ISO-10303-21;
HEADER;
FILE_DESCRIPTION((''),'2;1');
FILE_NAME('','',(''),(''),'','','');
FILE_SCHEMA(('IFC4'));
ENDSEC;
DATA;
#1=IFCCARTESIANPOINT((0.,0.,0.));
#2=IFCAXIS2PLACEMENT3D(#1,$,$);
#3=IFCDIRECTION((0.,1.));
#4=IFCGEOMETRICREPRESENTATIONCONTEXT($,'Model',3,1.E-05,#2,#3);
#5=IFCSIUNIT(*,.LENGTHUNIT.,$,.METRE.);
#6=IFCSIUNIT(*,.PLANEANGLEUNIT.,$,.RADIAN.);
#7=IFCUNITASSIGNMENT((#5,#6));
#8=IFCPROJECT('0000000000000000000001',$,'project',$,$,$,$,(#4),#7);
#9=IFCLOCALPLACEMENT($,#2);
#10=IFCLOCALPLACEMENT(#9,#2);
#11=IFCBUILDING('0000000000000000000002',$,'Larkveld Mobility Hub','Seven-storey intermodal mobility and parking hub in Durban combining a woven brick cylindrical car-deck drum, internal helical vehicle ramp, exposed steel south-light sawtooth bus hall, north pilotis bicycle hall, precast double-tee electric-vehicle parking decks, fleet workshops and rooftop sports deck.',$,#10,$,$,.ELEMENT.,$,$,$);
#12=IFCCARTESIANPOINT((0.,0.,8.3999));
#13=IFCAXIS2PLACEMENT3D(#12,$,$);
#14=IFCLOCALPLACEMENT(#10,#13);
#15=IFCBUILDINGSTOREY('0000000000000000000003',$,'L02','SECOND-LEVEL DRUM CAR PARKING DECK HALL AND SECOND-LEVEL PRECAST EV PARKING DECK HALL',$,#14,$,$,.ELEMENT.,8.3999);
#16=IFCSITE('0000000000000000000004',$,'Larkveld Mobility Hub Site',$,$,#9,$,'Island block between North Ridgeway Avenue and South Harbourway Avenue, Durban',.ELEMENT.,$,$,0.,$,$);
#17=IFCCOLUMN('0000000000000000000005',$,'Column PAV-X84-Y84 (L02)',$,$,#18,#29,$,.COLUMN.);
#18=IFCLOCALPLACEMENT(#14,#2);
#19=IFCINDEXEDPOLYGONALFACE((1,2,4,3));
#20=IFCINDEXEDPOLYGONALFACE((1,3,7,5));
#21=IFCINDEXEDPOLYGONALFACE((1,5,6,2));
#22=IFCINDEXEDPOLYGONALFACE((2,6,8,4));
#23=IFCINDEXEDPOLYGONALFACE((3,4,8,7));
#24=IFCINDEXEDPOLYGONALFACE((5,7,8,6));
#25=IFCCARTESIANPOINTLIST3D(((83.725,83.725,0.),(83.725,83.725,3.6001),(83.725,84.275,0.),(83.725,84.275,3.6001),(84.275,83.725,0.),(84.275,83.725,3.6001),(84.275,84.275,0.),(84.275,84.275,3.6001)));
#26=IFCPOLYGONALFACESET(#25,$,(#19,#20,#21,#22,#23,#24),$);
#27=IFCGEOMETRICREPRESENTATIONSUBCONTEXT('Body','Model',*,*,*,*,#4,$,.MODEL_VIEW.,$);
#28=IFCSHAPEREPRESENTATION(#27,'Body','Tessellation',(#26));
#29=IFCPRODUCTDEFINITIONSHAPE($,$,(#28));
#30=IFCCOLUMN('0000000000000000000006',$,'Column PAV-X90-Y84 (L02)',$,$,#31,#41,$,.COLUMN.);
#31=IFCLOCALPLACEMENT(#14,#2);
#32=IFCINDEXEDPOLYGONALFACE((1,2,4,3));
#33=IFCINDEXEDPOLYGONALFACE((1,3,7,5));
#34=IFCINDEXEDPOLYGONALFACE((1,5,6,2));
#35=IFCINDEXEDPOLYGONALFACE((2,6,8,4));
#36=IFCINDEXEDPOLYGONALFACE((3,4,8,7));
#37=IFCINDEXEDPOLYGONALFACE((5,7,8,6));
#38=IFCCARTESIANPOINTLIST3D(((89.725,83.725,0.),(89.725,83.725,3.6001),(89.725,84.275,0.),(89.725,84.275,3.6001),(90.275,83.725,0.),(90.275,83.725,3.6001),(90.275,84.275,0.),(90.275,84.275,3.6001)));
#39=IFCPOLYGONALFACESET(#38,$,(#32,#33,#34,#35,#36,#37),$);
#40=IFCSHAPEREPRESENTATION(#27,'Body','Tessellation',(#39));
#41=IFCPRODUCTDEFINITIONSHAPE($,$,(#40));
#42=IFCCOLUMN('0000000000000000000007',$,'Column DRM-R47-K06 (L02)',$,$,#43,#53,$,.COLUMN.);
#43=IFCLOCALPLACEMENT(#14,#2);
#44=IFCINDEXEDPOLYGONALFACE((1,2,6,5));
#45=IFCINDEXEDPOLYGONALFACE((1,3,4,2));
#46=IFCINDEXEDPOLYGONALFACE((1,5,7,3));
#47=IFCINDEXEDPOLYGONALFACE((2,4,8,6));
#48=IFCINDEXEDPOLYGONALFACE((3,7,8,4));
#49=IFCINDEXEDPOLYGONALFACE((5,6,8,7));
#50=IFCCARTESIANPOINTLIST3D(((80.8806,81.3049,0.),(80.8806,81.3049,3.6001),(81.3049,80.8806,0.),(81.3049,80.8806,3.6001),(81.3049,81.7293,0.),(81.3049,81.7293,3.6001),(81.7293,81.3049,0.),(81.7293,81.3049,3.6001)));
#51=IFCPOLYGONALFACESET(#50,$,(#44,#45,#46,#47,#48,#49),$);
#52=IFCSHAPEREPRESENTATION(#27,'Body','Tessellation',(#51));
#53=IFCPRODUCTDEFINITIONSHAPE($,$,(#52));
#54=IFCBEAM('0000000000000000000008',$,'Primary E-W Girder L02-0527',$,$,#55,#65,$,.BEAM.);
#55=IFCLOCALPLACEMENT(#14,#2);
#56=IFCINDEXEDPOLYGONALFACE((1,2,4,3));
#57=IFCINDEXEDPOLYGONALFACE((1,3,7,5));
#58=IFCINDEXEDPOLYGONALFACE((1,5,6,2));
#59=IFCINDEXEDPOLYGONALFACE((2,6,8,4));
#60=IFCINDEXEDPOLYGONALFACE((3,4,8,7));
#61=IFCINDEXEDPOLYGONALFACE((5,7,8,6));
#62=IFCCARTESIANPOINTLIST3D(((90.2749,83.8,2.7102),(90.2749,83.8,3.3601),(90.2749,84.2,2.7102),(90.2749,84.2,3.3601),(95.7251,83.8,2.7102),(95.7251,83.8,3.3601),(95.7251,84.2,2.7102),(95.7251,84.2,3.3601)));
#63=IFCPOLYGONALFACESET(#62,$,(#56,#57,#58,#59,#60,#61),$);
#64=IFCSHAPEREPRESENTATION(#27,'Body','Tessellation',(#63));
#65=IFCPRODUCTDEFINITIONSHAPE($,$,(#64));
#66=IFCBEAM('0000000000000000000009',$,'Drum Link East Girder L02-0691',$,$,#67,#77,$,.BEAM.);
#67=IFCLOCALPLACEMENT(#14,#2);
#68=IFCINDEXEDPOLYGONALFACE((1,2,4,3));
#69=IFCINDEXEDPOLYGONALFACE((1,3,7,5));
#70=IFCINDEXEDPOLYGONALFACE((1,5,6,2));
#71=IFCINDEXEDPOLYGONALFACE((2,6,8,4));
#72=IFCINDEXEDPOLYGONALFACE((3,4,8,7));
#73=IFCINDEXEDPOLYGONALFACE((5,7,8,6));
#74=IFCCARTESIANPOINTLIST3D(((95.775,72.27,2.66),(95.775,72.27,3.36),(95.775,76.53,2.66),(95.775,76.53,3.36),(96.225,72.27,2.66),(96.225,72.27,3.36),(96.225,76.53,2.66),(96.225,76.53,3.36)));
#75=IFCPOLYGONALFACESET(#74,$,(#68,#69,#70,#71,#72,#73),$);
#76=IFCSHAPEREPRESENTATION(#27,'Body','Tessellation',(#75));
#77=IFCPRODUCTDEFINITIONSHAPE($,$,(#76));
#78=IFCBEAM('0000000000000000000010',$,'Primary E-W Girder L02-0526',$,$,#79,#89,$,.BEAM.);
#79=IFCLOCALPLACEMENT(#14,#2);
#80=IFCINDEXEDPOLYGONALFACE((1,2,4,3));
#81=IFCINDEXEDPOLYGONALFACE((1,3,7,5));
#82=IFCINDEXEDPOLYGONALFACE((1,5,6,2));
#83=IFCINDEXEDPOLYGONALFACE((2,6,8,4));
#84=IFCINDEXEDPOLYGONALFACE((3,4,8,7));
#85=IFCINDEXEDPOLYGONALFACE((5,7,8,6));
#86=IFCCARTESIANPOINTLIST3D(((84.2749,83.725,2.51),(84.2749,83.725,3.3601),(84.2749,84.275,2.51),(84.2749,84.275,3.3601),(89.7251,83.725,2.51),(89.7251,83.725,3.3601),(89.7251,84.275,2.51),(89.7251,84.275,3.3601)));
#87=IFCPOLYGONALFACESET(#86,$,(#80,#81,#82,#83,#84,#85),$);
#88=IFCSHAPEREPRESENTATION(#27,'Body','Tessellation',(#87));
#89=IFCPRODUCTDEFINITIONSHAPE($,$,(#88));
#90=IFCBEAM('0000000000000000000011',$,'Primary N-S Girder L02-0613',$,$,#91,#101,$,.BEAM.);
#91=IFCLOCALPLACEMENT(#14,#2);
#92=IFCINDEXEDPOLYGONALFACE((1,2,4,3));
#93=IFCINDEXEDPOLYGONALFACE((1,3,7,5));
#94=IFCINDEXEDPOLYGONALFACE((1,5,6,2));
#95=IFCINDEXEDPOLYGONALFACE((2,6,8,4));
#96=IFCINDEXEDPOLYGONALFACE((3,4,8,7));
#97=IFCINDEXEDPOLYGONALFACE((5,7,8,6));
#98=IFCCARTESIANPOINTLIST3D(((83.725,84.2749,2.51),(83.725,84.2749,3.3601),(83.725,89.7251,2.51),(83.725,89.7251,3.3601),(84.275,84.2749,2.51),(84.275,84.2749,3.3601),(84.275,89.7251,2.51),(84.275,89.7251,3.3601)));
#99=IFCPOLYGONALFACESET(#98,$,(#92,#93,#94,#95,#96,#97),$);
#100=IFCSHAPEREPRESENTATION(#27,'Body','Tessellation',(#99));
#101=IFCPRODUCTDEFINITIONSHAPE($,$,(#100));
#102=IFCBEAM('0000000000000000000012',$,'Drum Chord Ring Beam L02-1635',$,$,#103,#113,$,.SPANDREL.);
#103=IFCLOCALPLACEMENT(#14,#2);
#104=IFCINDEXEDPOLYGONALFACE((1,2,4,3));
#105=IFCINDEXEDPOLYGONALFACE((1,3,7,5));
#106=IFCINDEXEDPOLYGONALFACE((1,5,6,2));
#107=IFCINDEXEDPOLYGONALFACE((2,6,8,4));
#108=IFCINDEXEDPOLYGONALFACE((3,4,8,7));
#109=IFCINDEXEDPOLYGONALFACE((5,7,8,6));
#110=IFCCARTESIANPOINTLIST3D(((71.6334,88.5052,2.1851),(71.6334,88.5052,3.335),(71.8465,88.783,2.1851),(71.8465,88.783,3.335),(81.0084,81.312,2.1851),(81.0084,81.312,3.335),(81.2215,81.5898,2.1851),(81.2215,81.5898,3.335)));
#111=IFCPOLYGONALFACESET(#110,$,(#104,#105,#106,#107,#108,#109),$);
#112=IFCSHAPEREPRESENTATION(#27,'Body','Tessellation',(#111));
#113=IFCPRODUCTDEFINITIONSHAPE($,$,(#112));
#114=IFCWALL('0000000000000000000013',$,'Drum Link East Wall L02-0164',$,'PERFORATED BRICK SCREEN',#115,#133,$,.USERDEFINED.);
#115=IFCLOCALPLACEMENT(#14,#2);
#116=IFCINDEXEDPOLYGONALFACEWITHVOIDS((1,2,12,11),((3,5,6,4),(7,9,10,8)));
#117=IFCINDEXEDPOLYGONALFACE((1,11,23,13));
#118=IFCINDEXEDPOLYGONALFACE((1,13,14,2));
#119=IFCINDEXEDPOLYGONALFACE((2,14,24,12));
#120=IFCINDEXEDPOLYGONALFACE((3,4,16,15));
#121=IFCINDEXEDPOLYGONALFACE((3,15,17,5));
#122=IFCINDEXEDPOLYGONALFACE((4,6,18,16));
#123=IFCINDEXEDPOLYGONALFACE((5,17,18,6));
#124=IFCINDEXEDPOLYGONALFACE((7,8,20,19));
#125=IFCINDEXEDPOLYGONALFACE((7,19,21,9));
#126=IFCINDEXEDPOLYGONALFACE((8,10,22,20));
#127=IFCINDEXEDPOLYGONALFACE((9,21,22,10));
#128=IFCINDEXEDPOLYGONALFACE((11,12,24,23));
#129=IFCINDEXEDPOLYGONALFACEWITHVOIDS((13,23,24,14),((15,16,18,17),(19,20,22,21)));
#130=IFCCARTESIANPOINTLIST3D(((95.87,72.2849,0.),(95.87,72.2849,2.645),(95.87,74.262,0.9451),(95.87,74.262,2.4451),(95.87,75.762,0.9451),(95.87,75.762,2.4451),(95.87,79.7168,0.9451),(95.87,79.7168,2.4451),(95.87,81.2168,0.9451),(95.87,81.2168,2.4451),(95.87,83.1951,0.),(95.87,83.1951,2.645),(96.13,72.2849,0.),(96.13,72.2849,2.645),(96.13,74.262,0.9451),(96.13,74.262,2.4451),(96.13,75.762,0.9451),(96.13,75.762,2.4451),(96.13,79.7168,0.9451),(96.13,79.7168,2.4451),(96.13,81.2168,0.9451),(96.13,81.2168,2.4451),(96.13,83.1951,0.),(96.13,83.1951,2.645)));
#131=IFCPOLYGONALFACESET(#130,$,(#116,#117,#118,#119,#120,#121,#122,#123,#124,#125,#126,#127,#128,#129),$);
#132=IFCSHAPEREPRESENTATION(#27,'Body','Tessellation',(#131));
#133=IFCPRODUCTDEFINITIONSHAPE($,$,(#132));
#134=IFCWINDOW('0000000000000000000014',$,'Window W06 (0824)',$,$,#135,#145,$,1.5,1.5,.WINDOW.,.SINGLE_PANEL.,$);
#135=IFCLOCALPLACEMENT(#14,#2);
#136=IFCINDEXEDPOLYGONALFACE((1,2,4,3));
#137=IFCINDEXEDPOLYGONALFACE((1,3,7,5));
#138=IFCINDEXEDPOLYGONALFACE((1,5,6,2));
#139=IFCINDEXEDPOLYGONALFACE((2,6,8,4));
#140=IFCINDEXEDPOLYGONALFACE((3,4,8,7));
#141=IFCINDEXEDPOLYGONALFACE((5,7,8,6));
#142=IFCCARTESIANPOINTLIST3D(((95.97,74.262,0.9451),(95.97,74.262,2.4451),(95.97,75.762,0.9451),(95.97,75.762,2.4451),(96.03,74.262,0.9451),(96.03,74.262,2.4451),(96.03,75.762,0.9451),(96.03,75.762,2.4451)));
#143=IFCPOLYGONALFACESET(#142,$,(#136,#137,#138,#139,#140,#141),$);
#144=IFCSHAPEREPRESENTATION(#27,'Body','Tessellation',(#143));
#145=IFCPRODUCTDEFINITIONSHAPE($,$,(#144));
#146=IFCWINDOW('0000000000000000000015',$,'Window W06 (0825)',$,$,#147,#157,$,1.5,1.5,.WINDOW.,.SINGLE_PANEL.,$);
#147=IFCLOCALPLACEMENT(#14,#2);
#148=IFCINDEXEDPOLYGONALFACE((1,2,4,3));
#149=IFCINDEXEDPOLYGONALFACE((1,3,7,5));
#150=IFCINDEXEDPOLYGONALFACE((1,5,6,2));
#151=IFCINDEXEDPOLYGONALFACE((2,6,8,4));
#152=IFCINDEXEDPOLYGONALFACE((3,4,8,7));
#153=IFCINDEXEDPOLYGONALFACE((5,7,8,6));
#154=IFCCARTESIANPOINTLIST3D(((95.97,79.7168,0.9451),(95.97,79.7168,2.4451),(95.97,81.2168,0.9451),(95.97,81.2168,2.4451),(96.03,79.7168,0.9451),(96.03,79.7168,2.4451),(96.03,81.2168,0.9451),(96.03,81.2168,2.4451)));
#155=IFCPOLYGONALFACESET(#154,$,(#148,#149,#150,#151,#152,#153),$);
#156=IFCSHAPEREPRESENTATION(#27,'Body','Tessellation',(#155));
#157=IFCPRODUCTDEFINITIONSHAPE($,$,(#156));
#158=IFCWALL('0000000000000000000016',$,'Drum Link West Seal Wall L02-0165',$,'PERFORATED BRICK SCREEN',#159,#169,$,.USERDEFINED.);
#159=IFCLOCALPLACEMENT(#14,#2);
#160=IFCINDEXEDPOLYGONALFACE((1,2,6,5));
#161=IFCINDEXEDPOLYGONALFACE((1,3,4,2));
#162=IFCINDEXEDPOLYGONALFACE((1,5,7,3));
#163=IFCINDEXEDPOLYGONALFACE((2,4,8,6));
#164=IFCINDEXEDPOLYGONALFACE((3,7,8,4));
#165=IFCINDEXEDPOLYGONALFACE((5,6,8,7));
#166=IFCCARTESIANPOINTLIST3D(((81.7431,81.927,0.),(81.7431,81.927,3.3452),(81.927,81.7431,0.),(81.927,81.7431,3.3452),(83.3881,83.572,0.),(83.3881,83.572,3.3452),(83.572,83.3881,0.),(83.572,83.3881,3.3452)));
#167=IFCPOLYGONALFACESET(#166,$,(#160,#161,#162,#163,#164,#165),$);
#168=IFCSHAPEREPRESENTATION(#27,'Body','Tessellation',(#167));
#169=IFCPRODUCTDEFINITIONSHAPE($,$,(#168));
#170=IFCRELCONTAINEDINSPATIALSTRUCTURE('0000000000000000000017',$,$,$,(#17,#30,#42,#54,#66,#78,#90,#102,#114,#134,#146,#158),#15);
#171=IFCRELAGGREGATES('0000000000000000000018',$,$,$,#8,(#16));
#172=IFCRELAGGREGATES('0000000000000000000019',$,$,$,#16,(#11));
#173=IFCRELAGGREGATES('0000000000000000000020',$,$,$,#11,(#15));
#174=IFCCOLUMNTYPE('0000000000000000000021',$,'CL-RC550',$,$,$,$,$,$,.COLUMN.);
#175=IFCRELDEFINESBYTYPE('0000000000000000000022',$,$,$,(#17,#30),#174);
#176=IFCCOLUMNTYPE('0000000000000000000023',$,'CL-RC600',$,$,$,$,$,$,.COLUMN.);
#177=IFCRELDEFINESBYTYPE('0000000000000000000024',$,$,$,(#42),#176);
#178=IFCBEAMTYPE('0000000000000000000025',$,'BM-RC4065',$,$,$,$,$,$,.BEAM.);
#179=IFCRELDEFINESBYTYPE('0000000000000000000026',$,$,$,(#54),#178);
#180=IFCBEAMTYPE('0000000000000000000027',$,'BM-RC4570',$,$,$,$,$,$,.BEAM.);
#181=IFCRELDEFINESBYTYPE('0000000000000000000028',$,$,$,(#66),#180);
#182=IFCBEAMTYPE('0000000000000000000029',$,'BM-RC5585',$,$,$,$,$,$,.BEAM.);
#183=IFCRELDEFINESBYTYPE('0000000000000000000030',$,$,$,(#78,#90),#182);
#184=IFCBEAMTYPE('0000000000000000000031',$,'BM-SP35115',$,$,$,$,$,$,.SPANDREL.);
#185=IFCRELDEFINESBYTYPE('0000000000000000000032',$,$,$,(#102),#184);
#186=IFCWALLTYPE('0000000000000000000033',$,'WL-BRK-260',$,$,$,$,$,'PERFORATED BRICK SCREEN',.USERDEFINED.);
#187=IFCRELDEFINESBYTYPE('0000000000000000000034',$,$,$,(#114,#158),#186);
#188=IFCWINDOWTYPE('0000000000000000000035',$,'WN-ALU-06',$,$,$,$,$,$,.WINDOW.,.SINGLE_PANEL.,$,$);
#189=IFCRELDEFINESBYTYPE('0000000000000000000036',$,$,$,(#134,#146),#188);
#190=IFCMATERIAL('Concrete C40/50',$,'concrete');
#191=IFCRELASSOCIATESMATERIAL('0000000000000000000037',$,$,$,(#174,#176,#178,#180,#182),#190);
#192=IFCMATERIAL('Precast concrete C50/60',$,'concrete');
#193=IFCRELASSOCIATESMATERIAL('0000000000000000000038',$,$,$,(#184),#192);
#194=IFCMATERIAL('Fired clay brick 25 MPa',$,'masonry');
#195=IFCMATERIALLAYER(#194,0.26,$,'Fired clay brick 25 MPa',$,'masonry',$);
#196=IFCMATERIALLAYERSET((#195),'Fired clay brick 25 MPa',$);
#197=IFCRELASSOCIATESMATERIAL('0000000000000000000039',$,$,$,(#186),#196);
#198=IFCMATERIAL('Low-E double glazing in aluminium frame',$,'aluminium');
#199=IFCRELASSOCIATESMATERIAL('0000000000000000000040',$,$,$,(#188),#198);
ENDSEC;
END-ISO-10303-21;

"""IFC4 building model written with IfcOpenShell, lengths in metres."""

from ifc_helpers import new_model, si_unit, direction, frame, frame_2d, origin, origin_2d, place, context, subcontext, project, spatial, rectangle, extrude, material, layer, layer_set, material_profile, profile_set, type_object, element, fill, save


model = new_model("IFC4")

# Units and contexts
model_context = context("Model", 3, precision=1e-05, world=origin(), true_north=direction((0.0, 1.0)))
body_context = subcontext(model_context, "Body", "Model", "MODEL_VIEW")
ifc_project = project(units=[si_unit("LENGTHUNIT", "METRE"), si_unit("PLANEANGLEUNIT", "RADIAN")], contexts=[model_context])

# Site, building, storey
site_placement = place(None, origin())
site = spatial("IfcSite", under=ifc_project, at=site_placement, Name="Larkveld Mobility Hub Site", LongName="Island block between North Ridgeway Avenue and South Harbourway Avenue, Durban", CompositionType="ELEMENT", RefElevation=0.0)
building_placement = place(site_placement, origin())
building = spatial("IfcBuilding", under=site, at=building_placement, Name="Larkveld Mobility Hub", Description="Seven-storey intermodal mobility and parking hub in Durban combining a woven brick cylindrical car-deck drum, internal helical vehicle ramp, exposed steel south-light sawtooth bus hall, north pilotis bicycle hall, precast double-tee electric-vehicle parking decks, fleet workshops and rooftop sports deck.", CompositionType="ELEMENT")
storey_placement = place(building_placement, frame((0.0, 0.0, 8.3999)))
storey = spatial("IfcBuildingStorey", under=building, at=storey_placement, Name="L02", Description="SECOND-LEVEL DRUM CAR PARKING DECK HALL AND SECOND-LEVEL PRECAST EV PARKING DECK HALL", CompositionType="ELEMENT", Elevation=8.3999)

# Columns
ifc_material_1 = material(Name="Concrete C40/50", Category="concrete")
ifc_material_profile_1 = material_profile(ifc_material_1, rectangle(XDim=0.55, YDim=0.55, at=origin_2d()), Name="RC COL 550x550")
ifc_profile_set_1 = profile_set([ifc_material_profile_1], Name="Concrete C40/50")
column_type_1 = type_object("IfcColumnType", Name="CL-RC550", PredefinedType="COLUMN", material=ifc_profile_set_1)
for number, where, z_axis, x_axis, name in (
    (1, (84.0, 84.0, 0.0), (0.0, 0.0, 1.0), (1.0, 0.0, 0.0), "Column PAV-X84-Y84 (L02)"),
    (2, (90.0, 84.0, 0.0), (0.0, 0.0, 1.0), (1.0, 0.0, 0.0), "Column PAV-X90-Y84 (L02)"),
):
    element("IfcColumn", number, at=place(storey_placement, frame(where, z_axis=z_axis, x_axis=x_axis)), inside=storey, type_object=column_type_1, Name=name, PredefinedType="COLUMN", context=body_context, shape_type="SweptSolid", body=[
        extrude(rectangle(XDim=0.55, YDim=0.55, at=origin_2d()), origin(), (0.0, 0.0, 1.0), 3.6001),
    ])
ifc_material_profile_2 = material_profile(ifc_material_1, rectangle(XDim=0.6001, YDim=0.6001, at=origin_2d()), Name="RC COL 600x600")
ifc_profile_set_2 = profile_set([ifc_material_profile_2], Name="Concrete C40/50")
column_type_2 = type_object("IfcColumnType", Name="CL-RC600", PredefinedType="COLUMN", material=ifc_profile_set_2)
column_placement = place(storey_placement, frame((81.3049, 81.3049, 0.0), z_axis=(0.0, 0.0, 1.0), x_axis=(0.707107, 0.707107, 0.0)))
element("IfcColumn", 3, at=column_placement, inside=storey, type_object=column_type_2, Name="Column DRM-R47-K06 (L02)", PredefinedType="COLUMN", context=body_context, shape_type="SweptSolid", body=[
    extrude(rectangle(XDim=0.6001, YDim=0.6001, at=origin_2d()), origin(), (0.0, 0.0, 1.0), 3.6001),
])

# Beams
ifc_material_profile_3 = material_profile(ifc_material_1, rectangle(XDim=0.3999, YDim=0.6499, at=origin_2d()), Name="RC BM 400x650")
ifc_profile_set_3 = profile_set([ifc_material_profile_3], Name="Concrete C40/50")
beam_type_1 = type_object("IfcBeamType", Name="BM-RC4065", PredefinedType="BEAM", material=ifc_profile_set_3)
beam_1_placement = place(storey_placement, frame((90.2749, 84.0, 3.0352), z_axis=(1.0, 0.0, 0.0), x_axis=(0.0, 1.0, 0.0)))
element("IfcBeam", 4, at=beam_1_placement, inside=storey, type_object=beam_type_1, Name="Primary E-W Girder L02-0527", PredefinedType="BEAM", context=body_context, shape_type="SweptSolid", body=[
    extrude(rectangle(XDim=0.3999, YDim=0.6499, at=origin_2d()), origin(), (0.0, 0.0, 1.0), 5.4502),
])
ifc_material_profile_4 = material_profile(ifc_material_1, rectangle(XDim=0.45, YDim=0.7, at=origin_2d()), Name="RC BM 450x700")
ifc_profile_set_4 = profile_set([ifc_material_profile_4], Name="Concrete C40/50")
beam_type_2 = type_object("IfcBeamType", Name="BM-RC4570", PredefinedType="BEAM", material=ifc_profile_set_4)
beam_2_placement = place(storey_placement, frame((96.0, 72.27, 3.01), z_axis=(0.0, 1.0, 0.0), x_axis=(-1.0, 0.0, 0.0)))
element("IfcBeam", 5, at=beam_2_placement, inside=storey, type_object=beam_type_2, Name="Drum Link East Girder L02-0691", PredefinedType="BEAM", context=body_context, shape_type="SweptSolid", body=[
    extrude(rectangle(XDim=0.45, YDim=0.7, at=origin_2d()), origin(), (0.0, 0.0, 1.0), 4.26),
])
ifc_material_profile_5 = material_profile(ifc_material_1, rectangle(XDim=0.55, YDim=0.8501, at=origin_2d()), Name="RC BM 550x850")
ifc_profile_set_5 = profile_set([ifc_material_profile_5], Name="Concrete C40/50")
beam_type_3 = type_object("IfcBeamType", Name="BM-RC5585", PredefinedType="BEAM", material=ifc_profile_set_5)
for number, where, z_axis, x_axis, name in (
    (6, (84.2749, 84.0, 2.9351), (1.0, 0.0, 0.0), (0.0, 1.0, 0.0), "Primary E-W Girder L02-0526"),
    (7, (84.0, 84.2749, 2.9351), (0.0, 1.0, 0.0), (-1.0, 0.0, 0.0), "Primary N-S Girder L02-0613"),
):
    element("IfcBeam", number, at=place(storey_placement, frame(where, z_axis=z_axis, x_axis=x_axis)), inside=storey, type_object=beam_type_3, Name=name, PredefinedType="BEAM", context=body_context, shape_type="SweptSolid", body=[
        extrude(rectangle(XDim=0.55, YDim=0.8501, at=origin_2d()), origin(), (0.0, 0.0, 1.0), 5.4502),
    ])
ifc_material_2 = material(Name="Precast concrete C50/60", Category="concrete")
ifc_material_profile_6 = material_profile(ifc_material_2, rectangle(XDim=0.3501, YDim=1.1499, at=origin_2d()), Name="PC SP 350x1150")
ifc_profile_set_6 = profile_set([ifc_material_profile_6], Name="Precast concrete C50/60")
beam_type_4 = type_object("IfcBeamType", Name="BM-SP35115", PredefinedType="SPANDREL", material=ifc_profile_set_6)
beam_3_placement = place(storey_placement, frame((81.115, 81.4509, 2.76), z_axis=(-0.793377, 0.608731, 0.0), x_axis=(-0.608731, -0.793377, 0.0)))
element("IfcBeam", 8, at=beam_3_placement, inside=storey, type_object=beam_type_4, Name="Drum Chord Ring Beam L02-1635", PredefinedType="SPANDREL", context=body_context, shape_type="SweptSolid", body=[
    extrude(rectangle(XDim=0.3501, YDim=1.1499, at=origin_2d()), origin(), (0.0, 0.0, 1.0), 11.8167),
])

# Wall, openings, windows
ifc_material_3 = material(Name="Fired clay brick 25 MPa", Category="masonry")
ifc_layer_1 = layer(ifc_material_3, 0.26, Name="Fired clay brick 25 MPa", Category="masonry")
ifc_layer_set_1 = layer_set([ifc_layer_1], Name="Fired clay brick 25 MPa")
wall_type_1 = type_object("IfcWallType", Name="WL-BRK-260", ElementType="PERFORATED BRICK SCREEN", PredefinedType="USERDEFINED", material=ifc_layer_set_1)
wall_1_placement = place(storey_placement, frame((96.0, 72.2849, 0.0), z_axis=(0.0, 0.0, 1.0), x_axis=(0.0, 1.0, 0.0)))
wall_1 = element("IfcWall", 9, at=wall_1_placement, inside=storey, type_object=wall_type_1, Name="Drum Link East Wall L02-0164", ObjectType="PERFORATED BRICK SCREEN", PredefinedType="USERDEFINED", context=body_context, shape_type="SweptSolid", body=[
    extrude(rectangle(XDim=10.9102, YDim=0.26, at=frame_2d((5.4551, 0.0))), origin(), (0.0, 0.0, 1.0), 2.645),
])
opening_1_placement = place(wall_1_placement, frame((1.9771, 0.0, 0.9451)))
opening_1 = element("IfcOpeningElement", 10, at=opening_1_placement, cuts=wall_1, PredefinedType="OPENING", context=body_context, shape_type="SweptSolid", body=[
    extrude(rectangle(XDim=1.5, YDim=1.5, at=frame_2d((0.75, 0.75))), frame((0.0, 0.1401, 0.0), z_axis=(0.0, -1.0, 0.0), x_axis=(1.0, 0.0, 0.0)), (0.0, 0.0, 1.0), 0.28),
])
opening_2_placement = place(wall_1_placement, frame((7.4319, 0.0, 0.9451)))
opening_2 = element("IfcOpeningElement", 11, at=opening_2_placement, cuts=wall_1, PredefinedType="OPENING", context=body_context, shape_type="SweptSolid", body=[
    extrude(rectangle(XDim=1.5, YDim=1.5, at=frame_2d((0.75, 0.75))), frame((0.0, 0.1401, 0.0), z_axis=(0.0, -1.0, 0.0), x_axis=(1.0, 0.0, 0.0)), (0.0, 0.0, 1.0), 0.28),
])
ifc_material_4 = material(Name="Low-E double glazing in aluminium frame", Category="aluminium")
window_type_1 = type_object("IfcWindowType", Name="WN-ALU-06", PartitioningType="SINGLE_PANEL", PredefinedType="WINDOW", material=ifc_material_4)
window_1_placement = place(opening_1_placement, origin())
window_1 = element("IfcWindow", 12, at=window_1_placement, inside=storey, type_object=window_type_1, Name="Window W06 (0824)", OverallHeight=1.5, OverallWidth=1.5, PartitioningType="SINGLE_PANEL", PredefinedType="WINDOW", context=body_context, shape_type="SweptSolid", body=[
    extrude(rectangle(XDim=1.5, YDim=1.5, at=frame_2d((0.75, 0.75))), frame((0.0, 0.03, 0.0), z_axis=(0.0, -1.0, 0.0), x_axis=(1.0, 0.0, 0.0)), (0.0, 0.0, 1.0), 0.0601),
])
fill(opening_1, window_1)
window_2_placement = place(opening_2_placement, origin())
window_2 = element("IfcWindow", 13, at=window_2_placement, inside=storey, type_object=window_type_1, Name="Window W06 (0825)", OverallHeight=1.5, OverallWidth=1.5, PartitioningType="SINGLE_PANEL", PredefinedType="WINDOW", context=body_context, shape_type="SweptSolid", body=[
    extrude(rectangle(XDim=1.5, YDim=1.5, at=frame_2d((0.75, 0.75))), frame((0.0, 0.03, 0.0), z_axis=(0.0, -1.0, 0.0), x_axis=(1.0, 0.0, 0.0)), (0.0, 0.0, 1.0), 0.0601),
])
fill(opening_2, window_2)

# Wall
wall_2_placement = place(storey_placement, frame((83.48, 83.48, 0.0), z_axis=(0.0, 0.0, 1.0), x_axis=(-0.707107, -0.707107, 0.0)))
element("IfcWall", 14, at=wall_2_placement, inside=storey, type_object=wall_type_1, Name="Drum Link West Seal Wall L02-0165", ObjectType="PERFORATED BRICK SCREEN", PredefinedType="USERDEFINED", context=body_context, shape_type="SweptSolid", body=[
    extrude(rectangle(XDim=2.3264, YDim=0.26, at=frame_2d((1.1631, 0.0))), origin(), (0.0, 0.0, 1.0), 3.3452),
])

save(model, "model.ifc")
